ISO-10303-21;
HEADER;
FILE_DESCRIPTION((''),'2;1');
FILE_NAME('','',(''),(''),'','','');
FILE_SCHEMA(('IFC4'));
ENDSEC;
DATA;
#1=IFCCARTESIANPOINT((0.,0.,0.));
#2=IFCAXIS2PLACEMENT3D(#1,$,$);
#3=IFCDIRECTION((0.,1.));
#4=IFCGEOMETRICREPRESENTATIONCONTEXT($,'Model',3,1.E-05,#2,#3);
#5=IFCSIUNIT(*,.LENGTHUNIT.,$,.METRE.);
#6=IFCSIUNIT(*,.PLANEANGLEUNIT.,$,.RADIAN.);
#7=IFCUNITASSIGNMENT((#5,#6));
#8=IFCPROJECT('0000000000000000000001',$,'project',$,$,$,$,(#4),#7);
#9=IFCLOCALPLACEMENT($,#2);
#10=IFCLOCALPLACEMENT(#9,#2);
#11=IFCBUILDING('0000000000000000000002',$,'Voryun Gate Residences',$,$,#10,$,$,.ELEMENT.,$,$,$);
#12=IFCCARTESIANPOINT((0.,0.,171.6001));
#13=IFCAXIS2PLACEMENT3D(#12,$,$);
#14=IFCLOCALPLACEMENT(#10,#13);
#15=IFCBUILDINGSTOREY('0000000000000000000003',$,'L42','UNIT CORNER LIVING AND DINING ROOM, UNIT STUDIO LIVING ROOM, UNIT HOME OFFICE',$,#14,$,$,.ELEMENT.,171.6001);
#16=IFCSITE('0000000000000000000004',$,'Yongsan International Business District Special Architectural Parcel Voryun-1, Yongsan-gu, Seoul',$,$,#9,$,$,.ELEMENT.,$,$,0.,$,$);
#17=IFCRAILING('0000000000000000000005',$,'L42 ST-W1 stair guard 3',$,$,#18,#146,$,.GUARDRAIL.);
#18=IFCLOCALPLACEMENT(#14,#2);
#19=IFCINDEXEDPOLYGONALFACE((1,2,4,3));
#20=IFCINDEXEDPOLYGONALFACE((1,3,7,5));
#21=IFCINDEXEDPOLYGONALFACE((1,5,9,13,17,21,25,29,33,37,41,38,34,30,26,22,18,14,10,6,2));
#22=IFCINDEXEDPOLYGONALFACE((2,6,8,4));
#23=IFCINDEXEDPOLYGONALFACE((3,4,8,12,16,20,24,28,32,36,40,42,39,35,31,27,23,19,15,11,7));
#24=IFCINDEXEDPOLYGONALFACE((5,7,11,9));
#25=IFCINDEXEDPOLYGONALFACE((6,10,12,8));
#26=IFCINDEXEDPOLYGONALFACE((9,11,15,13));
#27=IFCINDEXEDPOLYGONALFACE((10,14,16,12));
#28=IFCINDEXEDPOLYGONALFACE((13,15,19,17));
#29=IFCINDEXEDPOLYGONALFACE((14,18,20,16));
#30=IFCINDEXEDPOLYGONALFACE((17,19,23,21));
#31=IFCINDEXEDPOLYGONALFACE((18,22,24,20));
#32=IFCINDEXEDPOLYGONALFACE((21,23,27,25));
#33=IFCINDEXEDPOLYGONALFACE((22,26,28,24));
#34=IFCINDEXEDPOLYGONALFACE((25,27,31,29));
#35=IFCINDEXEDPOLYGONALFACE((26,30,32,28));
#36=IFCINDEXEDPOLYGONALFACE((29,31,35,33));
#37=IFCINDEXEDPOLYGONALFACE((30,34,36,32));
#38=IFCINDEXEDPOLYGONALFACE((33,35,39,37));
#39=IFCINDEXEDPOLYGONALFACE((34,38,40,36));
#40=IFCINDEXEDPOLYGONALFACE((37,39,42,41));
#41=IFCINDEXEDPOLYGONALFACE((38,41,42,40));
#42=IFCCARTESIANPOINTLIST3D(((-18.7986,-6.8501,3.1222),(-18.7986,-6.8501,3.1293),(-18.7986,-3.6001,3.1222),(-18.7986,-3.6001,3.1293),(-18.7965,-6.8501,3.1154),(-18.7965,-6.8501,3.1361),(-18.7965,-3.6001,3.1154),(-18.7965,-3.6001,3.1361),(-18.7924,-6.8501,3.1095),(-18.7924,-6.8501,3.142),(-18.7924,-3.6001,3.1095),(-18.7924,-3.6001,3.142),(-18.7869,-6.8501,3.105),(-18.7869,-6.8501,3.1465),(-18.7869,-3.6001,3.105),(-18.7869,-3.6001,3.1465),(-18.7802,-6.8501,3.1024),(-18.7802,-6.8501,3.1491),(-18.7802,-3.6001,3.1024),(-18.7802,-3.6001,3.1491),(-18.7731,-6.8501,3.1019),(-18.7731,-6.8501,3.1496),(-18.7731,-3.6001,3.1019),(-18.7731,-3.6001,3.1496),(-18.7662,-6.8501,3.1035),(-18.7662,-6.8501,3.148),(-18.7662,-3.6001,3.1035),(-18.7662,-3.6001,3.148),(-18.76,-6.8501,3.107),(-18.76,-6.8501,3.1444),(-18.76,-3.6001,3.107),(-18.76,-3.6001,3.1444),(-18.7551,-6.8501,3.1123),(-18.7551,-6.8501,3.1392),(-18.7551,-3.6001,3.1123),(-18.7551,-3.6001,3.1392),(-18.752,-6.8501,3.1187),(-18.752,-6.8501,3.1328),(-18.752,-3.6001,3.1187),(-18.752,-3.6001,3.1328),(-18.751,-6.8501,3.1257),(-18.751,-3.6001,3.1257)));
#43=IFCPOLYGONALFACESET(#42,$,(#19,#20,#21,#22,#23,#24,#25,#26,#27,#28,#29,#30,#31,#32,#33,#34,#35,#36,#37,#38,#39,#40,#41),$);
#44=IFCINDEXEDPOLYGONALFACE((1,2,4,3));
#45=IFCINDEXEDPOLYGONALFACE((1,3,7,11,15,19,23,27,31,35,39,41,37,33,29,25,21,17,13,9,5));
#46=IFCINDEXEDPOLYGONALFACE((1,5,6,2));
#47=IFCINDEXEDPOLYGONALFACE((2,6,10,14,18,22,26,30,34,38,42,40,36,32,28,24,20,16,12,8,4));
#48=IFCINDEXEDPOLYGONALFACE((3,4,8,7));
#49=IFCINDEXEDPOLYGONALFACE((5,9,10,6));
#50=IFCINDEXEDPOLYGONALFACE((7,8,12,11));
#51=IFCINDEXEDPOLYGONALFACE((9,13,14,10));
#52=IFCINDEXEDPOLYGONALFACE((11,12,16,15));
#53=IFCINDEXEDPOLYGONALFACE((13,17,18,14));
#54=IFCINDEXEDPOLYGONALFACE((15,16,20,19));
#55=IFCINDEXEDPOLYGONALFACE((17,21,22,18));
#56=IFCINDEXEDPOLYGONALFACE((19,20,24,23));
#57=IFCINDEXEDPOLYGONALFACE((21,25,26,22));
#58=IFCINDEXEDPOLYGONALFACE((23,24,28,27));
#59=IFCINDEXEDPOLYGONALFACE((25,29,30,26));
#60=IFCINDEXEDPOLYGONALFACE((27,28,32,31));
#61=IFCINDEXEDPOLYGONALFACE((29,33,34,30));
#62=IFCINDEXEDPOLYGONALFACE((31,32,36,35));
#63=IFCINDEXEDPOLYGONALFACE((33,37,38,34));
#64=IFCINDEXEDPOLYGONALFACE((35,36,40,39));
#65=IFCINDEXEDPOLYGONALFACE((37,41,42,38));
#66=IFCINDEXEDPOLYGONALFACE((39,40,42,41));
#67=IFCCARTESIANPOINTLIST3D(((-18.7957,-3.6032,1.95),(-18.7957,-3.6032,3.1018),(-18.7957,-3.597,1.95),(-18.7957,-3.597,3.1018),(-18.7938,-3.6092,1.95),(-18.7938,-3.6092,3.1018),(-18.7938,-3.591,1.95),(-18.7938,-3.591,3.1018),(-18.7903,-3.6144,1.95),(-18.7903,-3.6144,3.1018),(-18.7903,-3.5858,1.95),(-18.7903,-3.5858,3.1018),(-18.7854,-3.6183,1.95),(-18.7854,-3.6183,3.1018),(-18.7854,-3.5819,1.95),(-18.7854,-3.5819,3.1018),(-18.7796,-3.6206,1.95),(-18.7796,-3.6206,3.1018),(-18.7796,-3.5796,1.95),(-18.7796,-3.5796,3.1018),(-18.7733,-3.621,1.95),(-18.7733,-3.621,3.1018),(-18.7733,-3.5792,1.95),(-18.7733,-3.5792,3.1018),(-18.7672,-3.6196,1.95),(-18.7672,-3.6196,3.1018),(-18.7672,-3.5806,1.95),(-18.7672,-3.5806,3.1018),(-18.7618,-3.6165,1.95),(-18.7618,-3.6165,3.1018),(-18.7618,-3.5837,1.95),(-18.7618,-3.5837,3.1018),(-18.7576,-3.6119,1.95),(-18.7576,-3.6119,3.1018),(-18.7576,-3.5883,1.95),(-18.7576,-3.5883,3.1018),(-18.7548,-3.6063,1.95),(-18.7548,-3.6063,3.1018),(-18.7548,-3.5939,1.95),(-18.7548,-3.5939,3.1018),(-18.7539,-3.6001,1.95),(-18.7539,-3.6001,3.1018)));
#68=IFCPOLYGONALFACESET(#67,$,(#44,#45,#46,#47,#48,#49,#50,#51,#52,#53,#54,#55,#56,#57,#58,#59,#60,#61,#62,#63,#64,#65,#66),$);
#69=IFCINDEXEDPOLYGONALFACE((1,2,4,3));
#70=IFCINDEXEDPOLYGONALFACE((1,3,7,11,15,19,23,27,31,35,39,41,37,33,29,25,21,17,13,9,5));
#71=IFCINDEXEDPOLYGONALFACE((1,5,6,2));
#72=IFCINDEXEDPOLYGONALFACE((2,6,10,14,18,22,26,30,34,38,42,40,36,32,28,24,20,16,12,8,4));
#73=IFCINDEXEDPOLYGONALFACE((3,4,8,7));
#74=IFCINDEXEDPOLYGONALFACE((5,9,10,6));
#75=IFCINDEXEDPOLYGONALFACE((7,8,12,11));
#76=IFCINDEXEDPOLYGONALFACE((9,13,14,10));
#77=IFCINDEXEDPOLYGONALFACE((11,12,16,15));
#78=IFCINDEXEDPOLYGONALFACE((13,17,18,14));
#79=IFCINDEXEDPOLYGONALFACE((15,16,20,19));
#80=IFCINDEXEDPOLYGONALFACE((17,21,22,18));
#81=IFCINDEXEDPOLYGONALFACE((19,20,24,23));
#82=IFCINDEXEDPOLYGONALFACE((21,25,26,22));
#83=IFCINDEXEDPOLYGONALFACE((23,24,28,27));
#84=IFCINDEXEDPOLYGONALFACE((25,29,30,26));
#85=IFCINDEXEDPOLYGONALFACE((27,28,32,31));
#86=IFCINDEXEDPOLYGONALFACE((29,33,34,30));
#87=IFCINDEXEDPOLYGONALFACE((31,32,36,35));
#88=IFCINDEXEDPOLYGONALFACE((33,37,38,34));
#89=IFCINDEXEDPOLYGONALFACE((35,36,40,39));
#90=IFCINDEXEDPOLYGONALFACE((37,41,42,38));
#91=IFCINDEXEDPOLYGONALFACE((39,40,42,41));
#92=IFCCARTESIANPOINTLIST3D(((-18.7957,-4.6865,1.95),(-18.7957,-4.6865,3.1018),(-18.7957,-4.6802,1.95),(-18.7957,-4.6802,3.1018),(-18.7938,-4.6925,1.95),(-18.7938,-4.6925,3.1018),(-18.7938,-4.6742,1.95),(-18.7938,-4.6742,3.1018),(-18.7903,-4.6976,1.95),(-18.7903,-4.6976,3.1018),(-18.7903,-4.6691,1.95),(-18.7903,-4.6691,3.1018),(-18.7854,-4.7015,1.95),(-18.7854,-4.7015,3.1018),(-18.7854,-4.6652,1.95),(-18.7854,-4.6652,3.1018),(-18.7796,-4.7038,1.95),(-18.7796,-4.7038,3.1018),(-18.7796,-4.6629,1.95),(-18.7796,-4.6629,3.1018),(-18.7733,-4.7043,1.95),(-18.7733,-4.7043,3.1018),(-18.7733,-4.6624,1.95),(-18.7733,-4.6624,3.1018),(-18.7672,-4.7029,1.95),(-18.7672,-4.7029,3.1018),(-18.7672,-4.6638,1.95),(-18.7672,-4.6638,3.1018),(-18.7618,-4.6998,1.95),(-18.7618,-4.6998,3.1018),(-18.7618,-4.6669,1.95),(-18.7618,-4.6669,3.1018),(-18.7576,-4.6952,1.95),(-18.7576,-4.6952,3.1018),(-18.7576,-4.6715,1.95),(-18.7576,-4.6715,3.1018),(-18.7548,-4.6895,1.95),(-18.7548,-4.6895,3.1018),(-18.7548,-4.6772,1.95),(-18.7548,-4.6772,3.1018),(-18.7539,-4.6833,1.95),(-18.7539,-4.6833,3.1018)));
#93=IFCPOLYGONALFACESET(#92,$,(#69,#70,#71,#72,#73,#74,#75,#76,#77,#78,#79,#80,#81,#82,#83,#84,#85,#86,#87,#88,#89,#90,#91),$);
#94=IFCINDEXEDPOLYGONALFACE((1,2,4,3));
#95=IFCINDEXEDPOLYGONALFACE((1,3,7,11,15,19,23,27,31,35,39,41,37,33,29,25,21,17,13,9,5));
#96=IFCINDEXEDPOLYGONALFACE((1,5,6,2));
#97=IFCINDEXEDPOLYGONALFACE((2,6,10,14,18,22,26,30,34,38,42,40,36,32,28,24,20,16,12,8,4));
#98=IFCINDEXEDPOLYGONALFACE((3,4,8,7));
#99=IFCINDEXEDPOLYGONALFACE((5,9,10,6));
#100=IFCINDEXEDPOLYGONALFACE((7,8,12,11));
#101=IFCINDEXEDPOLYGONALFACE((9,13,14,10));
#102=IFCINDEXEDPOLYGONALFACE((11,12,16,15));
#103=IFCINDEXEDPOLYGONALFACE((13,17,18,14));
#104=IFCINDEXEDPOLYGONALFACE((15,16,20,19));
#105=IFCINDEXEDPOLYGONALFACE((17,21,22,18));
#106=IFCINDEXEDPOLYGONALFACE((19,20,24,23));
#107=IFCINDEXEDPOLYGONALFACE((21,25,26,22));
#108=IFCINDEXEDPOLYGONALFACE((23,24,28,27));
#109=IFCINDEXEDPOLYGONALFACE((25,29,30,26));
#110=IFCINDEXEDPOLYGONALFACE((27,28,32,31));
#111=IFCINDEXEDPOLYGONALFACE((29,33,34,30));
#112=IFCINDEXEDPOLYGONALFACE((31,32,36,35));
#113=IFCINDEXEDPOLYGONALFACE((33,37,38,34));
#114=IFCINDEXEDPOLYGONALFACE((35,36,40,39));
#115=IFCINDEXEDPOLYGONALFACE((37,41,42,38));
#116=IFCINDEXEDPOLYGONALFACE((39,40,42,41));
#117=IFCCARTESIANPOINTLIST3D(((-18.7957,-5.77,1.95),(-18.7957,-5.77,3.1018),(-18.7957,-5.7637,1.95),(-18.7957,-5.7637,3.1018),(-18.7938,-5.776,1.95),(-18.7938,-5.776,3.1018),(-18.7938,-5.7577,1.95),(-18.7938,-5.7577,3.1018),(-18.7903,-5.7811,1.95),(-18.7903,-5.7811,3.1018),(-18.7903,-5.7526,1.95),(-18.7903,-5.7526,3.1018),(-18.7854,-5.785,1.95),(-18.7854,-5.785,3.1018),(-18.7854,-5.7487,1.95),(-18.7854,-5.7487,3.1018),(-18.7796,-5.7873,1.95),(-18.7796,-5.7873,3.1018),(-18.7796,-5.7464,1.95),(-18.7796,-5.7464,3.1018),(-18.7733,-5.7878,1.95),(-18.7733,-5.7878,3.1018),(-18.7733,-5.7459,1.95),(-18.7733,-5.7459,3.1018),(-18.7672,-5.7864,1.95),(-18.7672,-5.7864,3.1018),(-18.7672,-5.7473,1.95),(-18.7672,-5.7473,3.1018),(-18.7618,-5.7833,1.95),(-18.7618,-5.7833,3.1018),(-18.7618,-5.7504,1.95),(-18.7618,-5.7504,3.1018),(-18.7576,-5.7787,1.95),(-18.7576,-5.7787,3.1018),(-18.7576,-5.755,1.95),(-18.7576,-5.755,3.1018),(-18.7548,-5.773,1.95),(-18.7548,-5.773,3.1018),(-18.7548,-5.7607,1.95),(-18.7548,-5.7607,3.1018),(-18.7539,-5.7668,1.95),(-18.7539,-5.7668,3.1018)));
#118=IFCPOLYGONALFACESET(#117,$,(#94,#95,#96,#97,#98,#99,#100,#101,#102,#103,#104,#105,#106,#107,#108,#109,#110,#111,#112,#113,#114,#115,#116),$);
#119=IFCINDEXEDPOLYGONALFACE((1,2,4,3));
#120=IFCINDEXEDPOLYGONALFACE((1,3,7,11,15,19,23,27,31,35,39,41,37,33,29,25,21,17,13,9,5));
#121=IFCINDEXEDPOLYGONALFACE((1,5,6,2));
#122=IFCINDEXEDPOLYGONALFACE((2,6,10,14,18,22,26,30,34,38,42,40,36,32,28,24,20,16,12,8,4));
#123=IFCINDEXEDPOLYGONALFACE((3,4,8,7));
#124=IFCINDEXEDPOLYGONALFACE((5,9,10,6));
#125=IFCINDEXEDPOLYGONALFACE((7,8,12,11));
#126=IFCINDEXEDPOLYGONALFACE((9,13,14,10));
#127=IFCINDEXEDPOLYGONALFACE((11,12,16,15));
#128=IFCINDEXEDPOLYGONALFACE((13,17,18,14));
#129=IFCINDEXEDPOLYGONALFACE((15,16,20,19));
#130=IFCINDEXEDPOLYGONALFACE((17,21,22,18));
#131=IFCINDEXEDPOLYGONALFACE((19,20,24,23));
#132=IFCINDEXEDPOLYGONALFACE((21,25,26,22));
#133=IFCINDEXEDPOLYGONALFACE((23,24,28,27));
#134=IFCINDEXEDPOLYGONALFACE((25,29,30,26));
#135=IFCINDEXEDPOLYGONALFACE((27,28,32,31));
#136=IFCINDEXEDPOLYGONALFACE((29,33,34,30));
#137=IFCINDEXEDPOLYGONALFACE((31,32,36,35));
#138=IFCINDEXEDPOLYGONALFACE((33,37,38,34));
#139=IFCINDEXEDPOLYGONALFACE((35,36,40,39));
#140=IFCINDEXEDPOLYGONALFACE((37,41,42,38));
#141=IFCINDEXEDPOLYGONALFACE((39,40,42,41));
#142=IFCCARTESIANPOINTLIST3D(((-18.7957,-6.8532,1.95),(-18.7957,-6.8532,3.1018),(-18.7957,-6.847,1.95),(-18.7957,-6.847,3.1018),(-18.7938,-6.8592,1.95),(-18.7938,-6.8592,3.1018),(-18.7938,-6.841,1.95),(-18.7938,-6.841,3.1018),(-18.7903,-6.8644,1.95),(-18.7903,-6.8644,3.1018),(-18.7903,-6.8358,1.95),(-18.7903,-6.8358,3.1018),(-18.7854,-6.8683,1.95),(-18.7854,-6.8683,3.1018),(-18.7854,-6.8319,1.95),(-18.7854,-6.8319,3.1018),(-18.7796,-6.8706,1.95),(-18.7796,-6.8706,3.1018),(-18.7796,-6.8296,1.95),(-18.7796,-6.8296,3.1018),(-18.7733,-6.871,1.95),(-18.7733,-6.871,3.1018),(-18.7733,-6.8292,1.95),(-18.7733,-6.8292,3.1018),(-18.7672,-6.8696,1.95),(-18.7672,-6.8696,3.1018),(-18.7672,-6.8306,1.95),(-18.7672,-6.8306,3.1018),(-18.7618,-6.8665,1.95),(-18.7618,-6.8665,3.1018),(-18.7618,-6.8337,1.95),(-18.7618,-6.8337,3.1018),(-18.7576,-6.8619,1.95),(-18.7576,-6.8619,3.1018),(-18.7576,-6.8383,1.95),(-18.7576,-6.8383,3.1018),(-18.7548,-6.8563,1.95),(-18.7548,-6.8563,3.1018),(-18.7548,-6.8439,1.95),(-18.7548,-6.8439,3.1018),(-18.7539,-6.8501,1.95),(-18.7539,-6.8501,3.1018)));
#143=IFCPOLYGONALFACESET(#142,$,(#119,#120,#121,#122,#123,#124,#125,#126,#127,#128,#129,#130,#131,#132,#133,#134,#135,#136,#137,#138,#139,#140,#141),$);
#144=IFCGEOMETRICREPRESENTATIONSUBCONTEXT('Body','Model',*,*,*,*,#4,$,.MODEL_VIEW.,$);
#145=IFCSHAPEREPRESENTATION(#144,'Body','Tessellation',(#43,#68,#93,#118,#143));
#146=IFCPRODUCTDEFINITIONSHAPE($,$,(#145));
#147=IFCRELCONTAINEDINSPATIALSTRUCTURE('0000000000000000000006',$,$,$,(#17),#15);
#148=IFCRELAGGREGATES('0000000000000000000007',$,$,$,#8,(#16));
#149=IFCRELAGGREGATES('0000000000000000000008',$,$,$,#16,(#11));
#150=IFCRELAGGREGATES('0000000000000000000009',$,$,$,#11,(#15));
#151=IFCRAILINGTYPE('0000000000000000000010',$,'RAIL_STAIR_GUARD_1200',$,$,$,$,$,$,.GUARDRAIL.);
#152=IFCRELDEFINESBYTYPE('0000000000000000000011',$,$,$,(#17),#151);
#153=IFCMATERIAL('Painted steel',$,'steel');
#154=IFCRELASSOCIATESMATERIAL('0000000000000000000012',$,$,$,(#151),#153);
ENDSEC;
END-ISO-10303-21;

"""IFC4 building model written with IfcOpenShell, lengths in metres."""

from ifc_helpers import new_model, si_unit, direction, frame, origin, origin_2d, place, context, subcontext, project, spatial, circle, extrude, material, type_object, element, save


model = new_model("IFC4")

# Units and contexts
model_context = context("Model", 3, precision=1e-05, world=origin(), true_north=direction((0.0, 1.0)))
body_context = subcontext(model_context, "Body", "Model", "MODEL_VIEW")
ifc_project = project(units=[si_unit("LENGTHUNIT", "METRE"), si_unit("PLANEANGLEUNIT", "RADIAN")], contexts=[model_context])

# Site, building, storey
site_placement = place(None, origin())
site = spatial("IfcSite", under=ifc_project, at=site_placement, Name="Yongsan International Business District Special Architectural Parcel Voryun-1, Yongsan-gu, Seoul", CompositionType="ELEMENT", RefElevation=0.0)
building_placement = place(site_placement, origin())
building = spatial("IfcBuilding", under=site, at=building_placement, Name="Voryun Gate Residences", CompositionType="ELEMENT")
storey_placement = place(building_placement, frame((0.0, 0.0, 171.6001)))
storey = spatial("IfcBuildingStorey", under=building, at=storey_placement, Name="L42", Description="UNIT CORNER LIVING AND DINING ROOM, UNIT STUDIO LIVING ROOM, UNIT HOME OFFICE", CompositionType="ELEMENT", Elevation=171.6001)

# Railing
ifc_material_1 = material(Name="Painted steel", Category="steel")
railing_type_1 = type_object("IfcRailingType", Name="RAIL_STAIR_GUARD_1200", PredefinedType="GUARDRAIL", material=ifc_material_1)
railing_1_placement = place(storey_placement, frame((-18.7749, -3.6001, 1.95)))
element("IfcRailing", 1, at=railing_1_placement, inside=storey, type_object=railing_type_1, Name="L42 ST-W1 stair guard 3", PredefinedType="GUARDRAIL", context=body_context, shape_type="SweptSolid", body=[
    extrude(circle(Radius=0.0239, at=origin_2d()), frame((0.0, 0.0, 1.1758), z_axis=(0.0, -1.0, 0.0), x_axis=(1.0, 0.0, 0.0)), (0.0, 0.0, 1.0), 3.25),
    extrude(circle(Radius=0.021, at=origin_2d()), origin(), (0.0, 0.0, 1.0), 1.1519),
    extrude(circle(Radius=0.021, at=origin_2d()), frame((0.0, -1.0833, 0.0)), (0.0, 0.0, 1.0), 1.1519),
    extrude(circle(Radius=0.021, at=origin_2d()), frame((0.0, -2.1667, 0.0)), (0.0, 0.0, 1.0), 1.1519),
    extrude(circle(Radius=0.021, at=origin_2d()), frame((0.0, -3.25, 0.0)), (0.0, 0.0, 1.0), 1.1519),
])

save(model, "model.ifc")
